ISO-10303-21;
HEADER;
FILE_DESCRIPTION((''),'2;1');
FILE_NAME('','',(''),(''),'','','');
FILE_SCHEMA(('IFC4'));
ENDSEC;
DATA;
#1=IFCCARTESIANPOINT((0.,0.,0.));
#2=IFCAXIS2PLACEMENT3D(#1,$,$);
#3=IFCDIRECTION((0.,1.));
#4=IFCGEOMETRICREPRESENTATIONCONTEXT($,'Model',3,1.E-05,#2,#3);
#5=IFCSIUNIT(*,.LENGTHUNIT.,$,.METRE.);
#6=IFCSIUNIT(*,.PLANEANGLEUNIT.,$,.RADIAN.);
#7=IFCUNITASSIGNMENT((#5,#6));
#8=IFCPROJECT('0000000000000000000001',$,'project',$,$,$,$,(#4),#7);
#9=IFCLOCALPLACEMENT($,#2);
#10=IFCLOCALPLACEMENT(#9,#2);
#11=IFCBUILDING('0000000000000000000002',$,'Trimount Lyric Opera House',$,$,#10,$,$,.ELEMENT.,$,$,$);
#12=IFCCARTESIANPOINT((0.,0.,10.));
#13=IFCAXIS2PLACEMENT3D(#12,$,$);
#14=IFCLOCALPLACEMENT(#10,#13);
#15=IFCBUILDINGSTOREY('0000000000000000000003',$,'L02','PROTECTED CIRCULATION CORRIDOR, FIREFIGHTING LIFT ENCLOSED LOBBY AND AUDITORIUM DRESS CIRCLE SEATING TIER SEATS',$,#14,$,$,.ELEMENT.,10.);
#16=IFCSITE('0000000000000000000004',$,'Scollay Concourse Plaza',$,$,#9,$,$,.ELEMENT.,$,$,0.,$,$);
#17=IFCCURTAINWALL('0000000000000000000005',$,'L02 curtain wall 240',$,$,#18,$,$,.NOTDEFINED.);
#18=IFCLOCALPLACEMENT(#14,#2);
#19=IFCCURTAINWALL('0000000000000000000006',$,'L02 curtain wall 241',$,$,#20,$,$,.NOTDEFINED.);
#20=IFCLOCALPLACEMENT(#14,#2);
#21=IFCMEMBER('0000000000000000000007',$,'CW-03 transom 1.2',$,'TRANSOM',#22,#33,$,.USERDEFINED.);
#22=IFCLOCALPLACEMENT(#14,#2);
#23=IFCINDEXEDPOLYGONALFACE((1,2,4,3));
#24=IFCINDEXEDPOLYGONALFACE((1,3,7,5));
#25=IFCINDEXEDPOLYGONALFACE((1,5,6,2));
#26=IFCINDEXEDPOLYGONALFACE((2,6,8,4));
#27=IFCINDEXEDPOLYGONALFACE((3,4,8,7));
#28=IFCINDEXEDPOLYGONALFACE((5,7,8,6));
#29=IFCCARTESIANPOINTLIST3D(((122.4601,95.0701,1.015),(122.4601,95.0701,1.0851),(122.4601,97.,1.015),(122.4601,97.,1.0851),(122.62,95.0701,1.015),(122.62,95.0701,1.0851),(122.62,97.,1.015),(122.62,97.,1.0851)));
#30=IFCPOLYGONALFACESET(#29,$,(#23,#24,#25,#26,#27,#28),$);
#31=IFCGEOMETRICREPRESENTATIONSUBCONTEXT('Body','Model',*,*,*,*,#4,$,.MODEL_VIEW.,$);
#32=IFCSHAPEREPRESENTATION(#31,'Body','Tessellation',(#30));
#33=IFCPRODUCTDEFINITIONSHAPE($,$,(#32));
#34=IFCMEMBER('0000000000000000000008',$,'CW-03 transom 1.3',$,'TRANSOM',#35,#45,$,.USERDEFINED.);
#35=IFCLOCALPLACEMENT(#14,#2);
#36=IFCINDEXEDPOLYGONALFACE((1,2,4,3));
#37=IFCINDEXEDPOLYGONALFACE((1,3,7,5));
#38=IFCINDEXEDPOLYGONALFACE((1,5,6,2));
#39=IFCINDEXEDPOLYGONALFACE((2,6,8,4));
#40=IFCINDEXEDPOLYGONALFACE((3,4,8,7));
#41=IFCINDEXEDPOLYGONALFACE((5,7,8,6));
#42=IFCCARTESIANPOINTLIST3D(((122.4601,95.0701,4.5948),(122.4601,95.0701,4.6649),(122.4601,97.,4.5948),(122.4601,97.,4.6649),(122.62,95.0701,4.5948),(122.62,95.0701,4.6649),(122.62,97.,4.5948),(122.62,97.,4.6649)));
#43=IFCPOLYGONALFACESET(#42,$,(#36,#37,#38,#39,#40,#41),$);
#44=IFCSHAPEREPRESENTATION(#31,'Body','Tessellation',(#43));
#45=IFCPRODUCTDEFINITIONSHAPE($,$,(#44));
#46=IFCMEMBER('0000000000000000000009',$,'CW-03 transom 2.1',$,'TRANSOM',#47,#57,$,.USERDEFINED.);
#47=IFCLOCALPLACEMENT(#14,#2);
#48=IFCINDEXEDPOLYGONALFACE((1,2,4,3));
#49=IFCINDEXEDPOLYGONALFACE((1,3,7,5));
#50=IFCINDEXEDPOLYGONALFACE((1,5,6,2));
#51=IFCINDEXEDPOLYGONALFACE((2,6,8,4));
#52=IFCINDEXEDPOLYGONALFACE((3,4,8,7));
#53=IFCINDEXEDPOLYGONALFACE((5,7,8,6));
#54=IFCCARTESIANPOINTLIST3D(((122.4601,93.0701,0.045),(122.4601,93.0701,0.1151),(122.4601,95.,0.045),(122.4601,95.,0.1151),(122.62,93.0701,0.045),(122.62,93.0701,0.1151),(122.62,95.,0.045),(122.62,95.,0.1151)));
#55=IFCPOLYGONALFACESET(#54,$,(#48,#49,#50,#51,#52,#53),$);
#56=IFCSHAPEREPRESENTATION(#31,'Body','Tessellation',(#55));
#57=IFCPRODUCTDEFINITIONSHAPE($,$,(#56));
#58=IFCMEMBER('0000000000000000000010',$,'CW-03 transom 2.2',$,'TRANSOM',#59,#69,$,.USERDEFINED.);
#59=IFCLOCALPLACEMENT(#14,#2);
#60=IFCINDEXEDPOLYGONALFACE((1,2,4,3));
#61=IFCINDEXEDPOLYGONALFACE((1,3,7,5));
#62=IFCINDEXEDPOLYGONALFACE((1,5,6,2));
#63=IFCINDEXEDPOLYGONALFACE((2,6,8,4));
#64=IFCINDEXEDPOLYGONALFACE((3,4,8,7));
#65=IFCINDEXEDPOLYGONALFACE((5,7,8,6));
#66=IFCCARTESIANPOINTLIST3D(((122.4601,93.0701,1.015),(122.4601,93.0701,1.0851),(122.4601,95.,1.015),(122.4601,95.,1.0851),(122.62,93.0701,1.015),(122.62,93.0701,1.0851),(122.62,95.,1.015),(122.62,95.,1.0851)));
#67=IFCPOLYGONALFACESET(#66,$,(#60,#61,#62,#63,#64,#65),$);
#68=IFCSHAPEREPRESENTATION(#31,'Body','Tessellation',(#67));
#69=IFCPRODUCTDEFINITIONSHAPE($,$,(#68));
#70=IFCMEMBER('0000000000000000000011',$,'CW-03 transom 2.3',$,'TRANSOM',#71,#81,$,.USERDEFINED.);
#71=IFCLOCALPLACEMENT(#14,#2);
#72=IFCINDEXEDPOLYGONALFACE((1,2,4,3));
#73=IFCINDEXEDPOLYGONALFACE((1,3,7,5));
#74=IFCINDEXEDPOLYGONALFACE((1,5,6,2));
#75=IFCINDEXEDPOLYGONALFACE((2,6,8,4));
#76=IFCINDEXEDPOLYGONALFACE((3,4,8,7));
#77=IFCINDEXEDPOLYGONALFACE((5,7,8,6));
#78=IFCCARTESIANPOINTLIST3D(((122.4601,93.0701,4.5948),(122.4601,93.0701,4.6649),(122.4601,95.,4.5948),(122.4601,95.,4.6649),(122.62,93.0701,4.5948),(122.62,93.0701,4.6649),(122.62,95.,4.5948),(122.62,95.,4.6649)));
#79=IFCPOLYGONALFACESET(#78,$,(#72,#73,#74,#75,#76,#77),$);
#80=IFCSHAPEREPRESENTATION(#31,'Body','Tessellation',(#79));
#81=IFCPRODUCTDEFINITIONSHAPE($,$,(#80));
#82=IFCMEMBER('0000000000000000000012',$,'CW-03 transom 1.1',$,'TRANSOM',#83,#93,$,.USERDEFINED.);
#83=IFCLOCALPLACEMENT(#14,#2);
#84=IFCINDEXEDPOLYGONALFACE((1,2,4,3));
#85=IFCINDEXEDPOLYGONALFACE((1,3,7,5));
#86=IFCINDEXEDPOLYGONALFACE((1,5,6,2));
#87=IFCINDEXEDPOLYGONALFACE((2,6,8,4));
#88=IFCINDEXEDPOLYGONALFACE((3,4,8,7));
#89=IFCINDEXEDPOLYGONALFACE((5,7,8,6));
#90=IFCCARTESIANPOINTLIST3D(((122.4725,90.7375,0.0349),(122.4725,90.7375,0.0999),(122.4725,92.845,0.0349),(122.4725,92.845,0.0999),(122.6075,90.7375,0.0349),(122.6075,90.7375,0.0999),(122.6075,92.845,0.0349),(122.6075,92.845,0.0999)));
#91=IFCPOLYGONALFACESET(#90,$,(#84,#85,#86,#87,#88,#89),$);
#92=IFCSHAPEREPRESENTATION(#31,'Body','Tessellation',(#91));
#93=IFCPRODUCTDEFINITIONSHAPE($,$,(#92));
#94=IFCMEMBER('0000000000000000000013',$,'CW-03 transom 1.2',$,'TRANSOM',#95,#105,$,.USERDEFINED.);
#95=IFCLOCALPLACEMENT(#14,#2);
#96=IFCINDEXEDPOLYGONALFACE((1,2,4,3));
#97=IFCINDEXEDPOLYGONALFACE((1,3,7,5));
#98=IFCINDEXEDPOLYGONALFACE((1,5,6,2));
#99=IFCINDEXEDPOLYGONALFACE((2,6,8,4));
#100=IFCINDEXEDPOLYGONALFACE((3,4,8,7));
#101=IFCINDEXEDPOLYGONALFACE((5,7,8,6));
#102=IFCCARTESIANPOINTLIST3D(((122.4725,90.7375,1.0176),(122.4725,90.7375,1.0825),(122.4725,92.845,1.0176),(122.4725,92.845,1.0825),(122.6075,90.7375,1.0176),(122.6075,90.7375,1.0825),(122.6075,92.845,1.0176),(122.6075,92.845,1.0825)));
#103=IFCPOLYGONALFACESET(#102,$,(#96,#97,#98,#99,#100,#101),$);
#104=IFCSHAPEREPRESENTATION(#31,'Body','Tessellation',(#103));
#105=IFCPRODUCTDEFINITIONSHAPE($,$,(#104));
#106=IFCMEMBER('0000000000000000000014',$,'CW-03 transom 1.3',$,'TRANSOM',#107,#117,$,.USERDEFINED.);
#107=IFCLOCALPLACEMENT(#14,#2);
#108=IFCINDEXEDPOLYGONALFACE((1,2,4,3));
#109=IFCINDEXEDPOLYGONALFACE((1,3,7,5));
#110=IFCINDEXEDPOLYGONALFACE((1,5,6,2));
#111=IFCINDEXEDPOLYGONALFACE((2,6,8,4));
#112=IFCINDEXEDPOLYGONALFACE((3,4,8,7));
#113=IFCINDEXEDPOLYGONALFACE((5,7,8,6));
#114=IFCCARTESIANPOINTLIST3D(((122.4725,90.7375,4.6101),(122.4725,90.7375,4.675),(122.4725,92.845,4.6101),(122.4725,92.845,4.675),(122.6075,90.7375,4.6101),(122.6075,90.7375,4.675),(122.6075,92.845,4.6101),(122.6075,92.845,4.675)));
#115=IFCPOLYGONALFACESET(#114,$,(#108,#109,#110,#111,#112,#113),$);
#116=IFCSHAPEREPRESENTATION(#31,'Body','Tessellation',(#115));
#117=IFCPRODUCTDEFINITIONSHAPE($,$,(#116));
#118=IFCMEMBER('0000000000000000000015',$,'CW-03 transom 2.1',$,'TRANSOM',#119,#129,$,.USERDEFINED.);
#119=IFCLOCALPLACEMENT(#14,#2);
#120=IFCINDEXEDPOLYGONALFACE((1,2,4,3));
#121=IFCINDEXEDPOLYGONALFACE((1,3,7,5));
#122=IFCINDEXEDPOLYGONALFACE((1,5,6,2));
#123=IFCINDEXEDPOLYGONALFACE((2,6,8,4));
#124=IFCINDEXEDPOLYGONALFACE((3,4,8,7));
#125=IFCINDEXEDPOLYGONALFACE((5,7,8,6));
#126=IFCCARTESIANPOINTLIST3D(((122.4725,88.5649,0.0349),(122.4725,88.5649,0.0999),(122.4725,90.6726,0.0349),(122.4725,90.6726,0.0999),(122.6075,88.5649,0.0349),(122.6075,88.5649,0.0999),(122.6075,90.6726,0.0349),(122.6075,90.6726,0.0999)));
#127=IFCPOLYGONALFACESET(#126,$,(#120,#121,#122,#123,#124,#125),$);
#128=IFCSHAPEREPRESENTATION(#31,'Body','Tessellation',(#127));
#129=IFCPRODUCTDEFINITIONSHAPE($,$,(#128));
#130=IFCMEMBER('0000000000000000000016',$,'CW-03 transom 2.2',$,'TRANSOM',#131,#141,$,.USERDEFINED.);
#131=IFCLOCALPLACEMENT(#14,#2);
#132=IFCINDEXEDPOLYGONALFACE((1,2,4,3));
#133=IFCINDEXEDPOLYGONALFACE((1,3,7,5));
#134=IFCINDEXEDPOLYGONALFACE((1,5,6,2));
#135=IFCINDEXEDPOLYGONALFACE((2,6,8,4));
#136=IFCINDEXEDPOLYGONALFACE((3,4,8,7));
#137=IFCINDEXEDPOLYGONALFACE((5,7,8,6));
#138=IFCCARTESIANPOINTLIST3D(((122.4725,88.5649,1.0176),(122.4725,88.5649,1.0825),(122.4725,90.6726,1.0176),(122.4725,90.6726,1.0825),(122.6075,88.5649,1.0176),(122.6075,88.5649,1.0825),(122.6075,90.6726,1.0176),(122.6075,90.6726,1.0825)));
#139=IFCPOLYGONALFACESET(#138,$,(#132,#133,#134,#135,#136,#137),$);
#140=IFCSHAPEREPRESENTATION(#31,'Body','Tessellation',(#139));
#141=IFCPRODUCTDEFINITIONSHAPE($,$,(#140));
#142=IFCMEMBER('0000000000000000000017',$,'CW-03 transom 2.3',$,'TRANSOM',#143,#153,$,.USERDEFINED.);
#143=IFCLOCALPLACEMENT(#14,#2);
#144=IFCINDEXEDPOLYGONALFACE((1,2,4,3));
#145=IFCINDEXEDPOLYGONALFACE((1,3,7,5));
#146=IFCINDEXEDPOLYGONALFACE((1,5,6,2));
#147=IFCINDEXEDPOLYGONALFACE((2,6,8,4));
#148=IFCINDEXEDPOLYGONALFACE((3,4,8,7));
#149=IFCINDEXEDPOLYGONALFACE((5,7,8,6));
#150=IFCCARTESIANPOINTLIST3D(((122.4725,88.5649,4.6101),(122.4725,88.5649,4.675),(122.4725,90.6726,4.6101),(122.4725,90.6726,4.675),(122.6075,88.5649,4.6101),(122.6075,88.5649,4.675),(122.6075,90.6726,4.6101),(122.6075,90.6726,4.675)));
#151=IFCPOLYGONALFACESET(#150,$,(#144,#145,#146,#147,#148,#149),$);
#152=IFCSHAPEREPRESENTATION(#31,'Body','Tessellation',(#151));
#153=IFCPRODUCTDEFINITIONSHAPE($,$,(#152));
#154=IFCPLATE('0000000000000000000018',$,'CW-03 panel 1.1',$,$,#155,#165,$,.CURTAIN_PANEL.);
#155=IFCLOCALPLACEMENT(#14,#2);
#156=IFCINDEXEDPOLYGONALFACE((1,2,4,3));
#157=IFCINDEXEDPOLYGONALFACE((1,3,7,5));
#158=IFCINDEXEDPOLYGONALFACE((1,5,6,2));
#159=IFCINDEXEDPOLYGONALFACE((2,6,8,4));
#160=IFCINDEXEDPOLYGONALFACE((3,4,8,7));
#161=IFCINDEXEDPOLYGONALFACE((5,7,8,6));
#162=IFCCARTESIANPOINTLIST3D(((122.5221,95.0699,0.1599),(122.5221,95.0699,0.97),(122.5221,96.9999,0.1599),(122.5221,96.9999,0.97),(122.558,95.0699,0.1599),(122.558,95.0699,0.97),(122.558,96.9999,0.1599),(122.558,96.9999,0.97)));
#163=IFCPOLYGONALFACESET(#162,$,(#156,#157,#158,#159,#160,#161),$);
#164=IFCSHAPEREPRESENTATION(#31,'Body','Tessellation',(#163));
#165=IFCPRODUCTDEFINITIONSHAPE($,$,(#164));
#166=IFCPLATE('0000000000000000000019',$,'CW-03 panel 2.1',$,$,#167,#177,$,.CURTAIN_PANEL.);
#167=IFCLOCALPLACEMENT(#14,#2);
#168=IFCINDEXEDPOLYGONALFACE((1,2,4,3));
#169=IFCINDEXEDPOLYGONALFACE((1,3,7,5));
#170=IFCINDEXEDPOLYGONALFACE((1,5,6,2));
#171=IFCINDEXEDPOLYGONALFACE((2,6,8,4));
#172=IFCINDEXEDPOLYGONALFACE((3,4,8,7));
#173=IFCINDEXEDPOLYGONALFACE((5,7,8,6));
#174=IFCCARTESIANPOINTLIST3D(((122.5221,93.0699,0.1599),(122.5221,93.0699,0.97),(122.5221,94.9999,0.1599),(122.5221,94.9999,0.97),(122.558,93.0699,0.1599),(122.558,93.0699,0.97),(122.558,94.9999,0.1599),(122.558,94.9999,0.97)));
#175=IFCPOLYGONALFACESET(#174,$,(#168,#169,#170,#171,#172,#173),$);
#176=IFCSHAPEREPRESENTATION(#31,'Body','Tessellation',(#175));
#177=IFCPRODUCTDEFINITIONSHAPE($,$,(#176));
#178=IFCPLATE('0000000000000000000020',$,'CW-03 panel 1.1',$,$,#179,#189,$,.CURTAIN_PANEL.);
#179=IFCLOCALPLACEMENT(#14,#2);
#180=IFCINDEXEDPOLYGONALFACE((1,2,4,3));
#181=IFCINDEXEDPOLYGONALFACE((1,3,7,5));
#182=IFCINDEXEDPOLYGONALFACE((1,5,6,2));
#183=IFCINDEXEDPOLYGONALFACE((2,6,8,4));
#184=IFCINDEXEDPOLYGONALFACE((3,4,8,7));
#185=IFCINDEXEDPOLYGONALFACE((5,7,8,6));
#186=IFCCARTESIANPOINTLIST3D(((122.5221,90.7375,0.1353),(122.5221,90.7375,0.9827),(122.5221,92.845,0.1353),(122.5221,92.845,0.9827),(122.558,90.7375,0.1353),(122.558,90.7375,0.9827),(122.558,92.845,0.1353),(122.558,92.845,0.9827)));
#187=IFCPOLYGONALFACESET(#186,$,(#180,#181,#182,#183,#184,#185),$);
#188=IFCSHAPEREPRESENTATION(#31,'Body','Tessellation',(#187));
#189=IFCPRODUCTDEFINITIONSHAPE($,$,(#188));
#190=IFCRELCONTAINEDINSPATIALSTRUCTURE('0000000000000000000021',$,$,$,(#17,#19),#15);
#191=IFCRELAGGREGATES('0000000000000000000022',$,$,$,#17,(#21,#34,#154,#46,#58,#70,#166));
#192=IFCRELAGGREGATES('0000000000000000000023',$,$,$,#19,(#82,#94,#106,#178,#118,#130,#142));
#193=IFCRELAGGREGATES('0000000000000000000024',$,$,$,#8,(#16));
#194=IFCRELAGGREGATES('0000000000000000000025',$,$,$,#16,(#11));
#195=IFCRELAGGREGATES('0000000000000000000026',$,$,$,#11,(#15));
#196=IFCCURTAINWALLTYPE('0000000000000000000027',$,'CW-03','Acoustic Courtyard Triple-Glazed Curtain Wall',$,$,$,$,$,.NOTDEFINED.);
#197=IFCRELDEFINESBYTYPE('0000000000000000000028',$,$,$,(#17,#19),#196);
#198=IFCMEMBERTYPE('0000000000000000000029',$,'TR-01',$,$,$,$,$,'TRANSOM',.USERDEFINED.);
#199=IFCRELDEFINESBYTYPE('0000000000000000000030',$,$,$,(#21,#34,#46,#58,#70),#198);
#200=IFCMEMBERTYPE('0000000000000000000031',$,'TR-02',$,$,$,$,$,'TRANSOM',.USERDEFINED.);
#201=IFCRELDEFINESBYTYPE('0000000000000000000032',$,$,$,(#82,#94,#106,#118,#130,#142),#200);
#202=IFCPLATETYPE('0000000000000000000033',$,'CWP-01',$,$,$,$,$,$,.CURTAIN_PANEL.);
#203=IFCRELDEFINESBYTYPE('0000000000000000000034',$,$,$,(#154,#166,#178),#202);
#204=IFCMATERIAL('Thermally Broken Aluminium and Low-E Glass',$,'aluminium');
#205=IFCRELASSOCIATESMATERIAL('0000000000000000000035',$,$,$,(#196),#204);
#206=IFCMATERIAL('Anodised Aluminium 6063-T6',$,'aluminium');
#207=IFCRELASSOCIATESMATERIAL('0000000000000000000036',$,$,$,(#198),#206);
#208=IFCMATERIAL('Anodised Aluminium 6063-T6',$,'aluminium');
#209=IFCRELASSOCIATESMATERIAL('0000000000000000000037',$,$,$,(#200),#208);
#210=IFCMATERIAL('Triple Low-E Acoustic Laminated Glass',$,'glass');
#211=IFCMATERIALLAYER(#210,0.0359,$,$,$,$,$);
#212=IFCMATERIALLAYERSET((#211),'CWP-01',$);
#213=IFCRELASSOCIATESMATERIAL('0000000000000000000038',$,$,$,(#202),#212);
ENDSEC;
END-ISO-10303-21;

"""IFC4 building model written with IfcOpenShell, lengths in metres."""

from ifc_helpers import new_model, si_unit, direction, frame, origin, origin_2d, place, context, subcontext, project, spatial, rectangle, extrude, material, layer, layer_set, material_profile, profile_set, type_object, element, aggregate, save


model = new_model("IFC4")

# Units and contexts
model_context = context("Model", 3, precision=1e-05, world=origin(), true_north=direction((0.0, 1.0)))
body_context = subcontext(model_context, "Body", "Model", "MODEL_VIEW")
ifc_project = project(units=[si_unit("LENGTHUNIT", "METRE"), si_unit("PLANEANGLEUNIT", "RADIAN")], contexts=[model_context])

# Site, building, storey
site_placement = place(None, origin())
site = spatial("IfcSite", under=ifc_project, at=site_placement, Name="Scollay Concourse Plaza", CompositionType="ELEMENT", RefElevation=0.0)
building_placement = place(site_placement, origin())
building = spatial("IfcBuilding", under=site, at=building_placement, Name="Trimount Lyric Opera House", CompositionType="ELEMENT")
storey_placement = place(building_placement, frame((0.0, 0.0, 10.0)))
storey = spatial("IfcBuildingStorey", under=building, at=storey_placement, Name="L02", Description="PROTECTED CIRCULATION CORRIDOR, FIREFIGHTING LIFT ENCLOSED LOBBY AND AUDITORIUM DRESS CIRCLE SEATING TIER SEATS", CompositionType="ELEMENT", Elevation=10.0)

# Curtain walls
ifc_material_1 = material(Name="Thermally Broken Aluminium and Low-E Glass", Category="aluminium")
curtain_wall_type = type_object("IfcCurtainWallType", Name="CW-03", Description="Acoustic Courtyard Triple-Glazed Curtain Wall", PredefinedType="NOTDEFINED", material=ifc_material_1)
curtain_wall_1_placement = place(storey_placement, origin())
curtain_wall_1 = element("IfcCurtainWall", 1, at=curtain_wall_1_placement, inside=storey, type_object=curtain_wall_type, Name="L02 curtain wall 240", PredefinedType="NOTDEFINED")
curtain_wall_2_placement = place(storey_placement, origin())
curtain_wall_2 = element("IfcCurtainWall", 2, at=curtain_wall_2_placement, inside=storey, type_object=curtain_wall_type, Name="L02 curtain wall 241", PredefinedType="NOTDEFINED")

# Members
ifc_material_2 = material(Name="Anodised Aluminium 6063-T6", Category="aluminium")
ifc_material_profile_1 = material_profile(ifc_material_2, rectangle(XDim=0.1599, YDim=0.0701, at=origin_2d()), Name="ALU-TRAN-70X160")
ifc_profile_set_1 = profile_set([ifc_material_profile_1], Name="Anodised Aluminium 6063-T6")
member_type_1 = type_object("IfcMemberType", Name="TR-01", ElementType="TRANSOM", PredefinedType="USERDEFINED", material=ifc_profile_set_1)
member_1_placement = place(storey_placement, frame((122.54, 97.0, 1.05), z_axis=(0.0, -1.0, 0.0), x_axis=(1.0, 0.0, 0.0)))
member_1 = element("IfcMember", 3, at=member_1_placement, type_object=member_type_1, Name="CW-03 transom 1.2", ObjectType="TRANSOM", PredefinedType="USERDEFINED", context=body_context, shape_type="SweptSolid", body=[
    extrude(rectangle(XDim=0.1599, YDim=0.0701, at=origin_2d()), origin(), (0.0, 0.0, 1.0), 1.9299),
])
member_2_placement = place(storey_placement, frame((122.54, 97.0, 4.6299), z_axis=(0.0, -1.0, 0.0), x_axis=(1.0, 0.0, 0.0)))
member_2 = element("IfcMember", 4, at=member_2_placement, type_object=member_type_1, Name="CW-03 transom 1.3", ObjectType="TRANSOM", PredefinedType="USERDEFINED", context=body_context, shape_type="SweptSolid", body=[
    extrude(rectangle(XDim=0.1599, YDim=0.0701, at=origin_2d()), origin(), (0.0, 0.0, 1.0), 1.9299),
])
member_3_placement = place(storey_placement, frame((122.54, 95.0, 0.0801), z_axis=(0.0, -1.0, 0.0), x_axis=(1.0, 0.0, 0.0)))
member_3 = element("IfcMember", 5, at=member_3_placement, type_object=member_type_1, Name="CW-03 transom 2.1", ObjectType="TRANSOM", PredefinedType="USERDEFINED", context=body_context, shape_type="SweptSolid", body=[
    extrude(rectangle(XDim=0.1599, YDim=0.0701, at=origin_2d()), origin(), (0.0, 0.0, 1.0), 1.9299),
])
member_4_placement = place(storey_placement, frame((122.54, 95.0, 1.05), z_axis=(0.0, -1.0, 0.0), x_axis=(1.0, 0.0, 0.0)))
member_4 = element("IfcMember", 6, at=member_4_placement, type_object=member_type_1, Name="CW-03 transom 2.2", ObjectType="TRANSOM", PredefinedType="USERDEFINED", context=body_context, shape_type="SweptSolid", body=[
    extrude(rectangle(XDim=0.1599, YDim=0.0701, at=origin_2d()), origin(), (0.0, 0.0, 1.0), 1.9299),
])
member_5_placement = place(storey_placement, frame((122.54, 95.0, 4.6299), z_axis=(0.0, -1.0, 0.0), x_axis=(1.0, 0.0, 0.0)))
member_5 = element("IfcMember", 7, at=member_5_placement, type_object=member_type_1, Name="CW-03 transom 2.3", ObjectType="TRANSOM", PredefinedType="USERDEFINED", context=body_context, shape_type="SweptSolid", body=[
    extrude(rectangle(XDim=0.1599, YDim=0.0701, at=origin_2d()), origin(), (0.0, 0.0, 1.0), 1.9299),
])
ifc_material_3 = material(Name="Anodised Aluminium 6063-T6", Category="aluminium")
ifc_material_profile_2 = material_profile(ifc_material_3, rectangle(XDim=0.135, YDim=0.0649, at=origin_2d()), Name="ALU-TRAN-65X135")
ifc_profile_set_2 = profile_set([ifc_material_profile_2], Name="Anodised Aluminium 6063-T6")
member_type_2 = type_object("IfcMemberType", Name="TR-02", ElementType="TRANSOM", PredefinedType="USERDEFINED", material=ifc_profile_set_2)
member_6_placement = place(storey_placement, frame((122.54, 92.845, 0.0674), z_axis=(0.0, -1.0, 0.0), x_axis=(1.0, 0.0, 0.0)))
member_6 = element("IfcMember", 8, at=member_6_placement, type_object=member_type_2, Name="CW-03 transom 1.1", ObjectType="TRANSOM", PredefinedType="USERDEFINED", context=body_context, shape_type="SweptSolid", body=[
    extrude(rectangle(XDim=0.135, YDim=0.0649, at=origin_2d()), origin(), (0.0, 0.0, 1.0), 2.1074),
])
member_7_placement = place(storey_placement, frame((122.54, 92.845, 1.05), z_axis=(0.0, -1.0, 0.0), x_axis=(1.0, 0.0, 0.0)))
member_7 = element("IfcMember", 9, at=member_7_placement, type_object=member_type_2, Name="CW-03 transom 1.2", ObjectType="TRANSOM", PredefinedType="USERDEFINED", context=body_context, shape_type="SweptSolid", body=[
    extrude(rectangle(XDim=0.135, YDim=0.0649, at=origin_2d()), origin(), (0.0, 0.0, 1.0), 2.1074),
])
member_8_placement = place(storey_placement, frame((122.54, 92.845, 4.6426), z_axis=(0.0, -1.0, 0.0), x_axis=(1.0, 0.0, 0.0)))
member_8 = element("IfcMember", 10, at=member_8_placement, type_object=member_type_2, Name="CW-03 transom 1.3", ObjectType="TRANSOM", PredefinedType="USERDEFINED", context=body_context, shape_type="SweptSolid", body=[
    extrude(rectangle(XDim=0.135, YDim=0.0649, at=origin_2d()), origin(), (0.0, 0.0, 1.0), 2.1074),
])
member_9_placement = place(storey_placement, frame((122.54, 90.6726, 0.0674), z_axis=(0.0, -1.0, 0.0), x_axis=(1.0, 0.0, 0.0)))
member_9 = element("IfcMember", 11, at=member_9_placement, type_object=member_type_2, Name="CW-03 transom 2.1", ObjectType="TRANSOM", PredefinedType="USERDEFINED", context=body_context, shape_type="SweptSolid", body=[
    extrude(rectangle(XDim=0.135, YDim=0.0649, at=origin_2d()), origin(), (0.0, 0.0, 1.0), 2.1077),
])
member_10_placement = place(storey_placement, frame((122.54, 90.6726, 1.05), z_axis=(0.0, -1.0, 0.0), x_axis=(1.0, 0.0, 0.0)))
member_10 = element("IfcMember", 12, at=member_10_placement, type_object=member_type_2, Name="CW-03 transom 2.2", ObjectType="TRANSOM", PredefinedType="USERDEFINED", context=body_context, shape_type="SweptSolid", body=[
    extrude(rectangle(XDim=0.135, YDim=0.0649, at=origin_2d()), origin(), (0.0, 0.0, 1.0), 2.1077),
])
member_11_placement = place(storey_placement, frame((122.54, 90.6726, 4.6426), z_axis=(0.0, -1.0, 0.0), x_axis=(1.0, 0.0, 0.0)))
member_11 = element("IfcMember", 13, at=member_11_placement, type_object=member_type_2, Name="CW-03 transom 2.3", ObjectType="TRANSOM", PredefinedType="USERDEFINED", context=body_context, shape_type="SweptSolid", body=[
    extrude(rectangle(XDim=0.135, YDim=0.0649, at=origin_2d()), origin(), (0.0, 0.0, 1.0), 2.1077),
])

# Plates
ifc_material_4 = material(Name="Triple Low-E Acoustic Laminated Glass", Category="glass")
ifc_layer_1 = layer(ifc_material_4, 0.0359)
ifc_layer_set_1 = layer_set([ifc_layer_1], Name="CWP-01")
plate_type_1 = type_object("IfcPlateType", Name="CWP-01", PredefinedType="CURTAIN_PANEL", material=ifc_layer_set_1)
plate_1_placement = place(storey_placement, frame((122.54, 96.0349, 0.1599), z_axis=(0.0, 0.0, 1.0), x_axis=(0.0, -1.0, 0.0)))
plate_1 = element("IfcPlate", 14, at=plate_1_placement, type_object=plate_type_1, Name="CW-03 panel 1.1", PredefinedType="CURTAIN_PANEL", context=body_context, shape_type="SweptSolid", body=[
    extrude(rectangle(XDim=1.9299, YDim=0.0359, at=origin_2d()), origin(), (0.0, 0.0, 1.0), 0.8101),
])
plate_2_placement = place(storey_placement, frame((122.54, 94.0349, 0.1599), z_axis=(0.0, 0.0, 1.0), x_axis=(0.0, -1.0, 0.0)))
plate_2 = element("IfcPlate", 15, at=plate_2_placement, type_object=plate_type_1, Name="CW-03 panel 2.1", PredefinedType="CURTAIN_PANEL", context=body_context, shape_type="SweptSolid", body=[
    extrude(rectangle(XDim=1.9299, YDim=0.0359, at=origin_2d()), origin(), (0.0, 0.0, 1.0), 0.8101),
])
plate_3_placement = place(storey_placement, frame((122.54, 91.7913, 0.1353), z_axis=(0.0, 0.0, 1.0), x_axis=(0.0, -1.0, 0.0)))
plate_3 = element("IfcPlate", 16, at=plate_3_placement, type_object=plate_type_1, Name="CW-03 panel 1.1", PredefinedType="CURTAIN_PANEL", context=body_context, shape_type="SweptSolid", body=[
    extrude(rectangle(XDim=2.1074, YDim=0.0359, at=origin_2d()), origin(), (0.0, 0.0, 1.0), 0.8474),
])
aggregate(curtain_wall_1, [member_1, member_2, plate_1, member_3, member_4, member_5, plate_2])
aggregate(curtain_wall_2, [member_6, member_7, member_8, plate_3, member_9, member_10, member_11])

save(model, "model.ifc")
